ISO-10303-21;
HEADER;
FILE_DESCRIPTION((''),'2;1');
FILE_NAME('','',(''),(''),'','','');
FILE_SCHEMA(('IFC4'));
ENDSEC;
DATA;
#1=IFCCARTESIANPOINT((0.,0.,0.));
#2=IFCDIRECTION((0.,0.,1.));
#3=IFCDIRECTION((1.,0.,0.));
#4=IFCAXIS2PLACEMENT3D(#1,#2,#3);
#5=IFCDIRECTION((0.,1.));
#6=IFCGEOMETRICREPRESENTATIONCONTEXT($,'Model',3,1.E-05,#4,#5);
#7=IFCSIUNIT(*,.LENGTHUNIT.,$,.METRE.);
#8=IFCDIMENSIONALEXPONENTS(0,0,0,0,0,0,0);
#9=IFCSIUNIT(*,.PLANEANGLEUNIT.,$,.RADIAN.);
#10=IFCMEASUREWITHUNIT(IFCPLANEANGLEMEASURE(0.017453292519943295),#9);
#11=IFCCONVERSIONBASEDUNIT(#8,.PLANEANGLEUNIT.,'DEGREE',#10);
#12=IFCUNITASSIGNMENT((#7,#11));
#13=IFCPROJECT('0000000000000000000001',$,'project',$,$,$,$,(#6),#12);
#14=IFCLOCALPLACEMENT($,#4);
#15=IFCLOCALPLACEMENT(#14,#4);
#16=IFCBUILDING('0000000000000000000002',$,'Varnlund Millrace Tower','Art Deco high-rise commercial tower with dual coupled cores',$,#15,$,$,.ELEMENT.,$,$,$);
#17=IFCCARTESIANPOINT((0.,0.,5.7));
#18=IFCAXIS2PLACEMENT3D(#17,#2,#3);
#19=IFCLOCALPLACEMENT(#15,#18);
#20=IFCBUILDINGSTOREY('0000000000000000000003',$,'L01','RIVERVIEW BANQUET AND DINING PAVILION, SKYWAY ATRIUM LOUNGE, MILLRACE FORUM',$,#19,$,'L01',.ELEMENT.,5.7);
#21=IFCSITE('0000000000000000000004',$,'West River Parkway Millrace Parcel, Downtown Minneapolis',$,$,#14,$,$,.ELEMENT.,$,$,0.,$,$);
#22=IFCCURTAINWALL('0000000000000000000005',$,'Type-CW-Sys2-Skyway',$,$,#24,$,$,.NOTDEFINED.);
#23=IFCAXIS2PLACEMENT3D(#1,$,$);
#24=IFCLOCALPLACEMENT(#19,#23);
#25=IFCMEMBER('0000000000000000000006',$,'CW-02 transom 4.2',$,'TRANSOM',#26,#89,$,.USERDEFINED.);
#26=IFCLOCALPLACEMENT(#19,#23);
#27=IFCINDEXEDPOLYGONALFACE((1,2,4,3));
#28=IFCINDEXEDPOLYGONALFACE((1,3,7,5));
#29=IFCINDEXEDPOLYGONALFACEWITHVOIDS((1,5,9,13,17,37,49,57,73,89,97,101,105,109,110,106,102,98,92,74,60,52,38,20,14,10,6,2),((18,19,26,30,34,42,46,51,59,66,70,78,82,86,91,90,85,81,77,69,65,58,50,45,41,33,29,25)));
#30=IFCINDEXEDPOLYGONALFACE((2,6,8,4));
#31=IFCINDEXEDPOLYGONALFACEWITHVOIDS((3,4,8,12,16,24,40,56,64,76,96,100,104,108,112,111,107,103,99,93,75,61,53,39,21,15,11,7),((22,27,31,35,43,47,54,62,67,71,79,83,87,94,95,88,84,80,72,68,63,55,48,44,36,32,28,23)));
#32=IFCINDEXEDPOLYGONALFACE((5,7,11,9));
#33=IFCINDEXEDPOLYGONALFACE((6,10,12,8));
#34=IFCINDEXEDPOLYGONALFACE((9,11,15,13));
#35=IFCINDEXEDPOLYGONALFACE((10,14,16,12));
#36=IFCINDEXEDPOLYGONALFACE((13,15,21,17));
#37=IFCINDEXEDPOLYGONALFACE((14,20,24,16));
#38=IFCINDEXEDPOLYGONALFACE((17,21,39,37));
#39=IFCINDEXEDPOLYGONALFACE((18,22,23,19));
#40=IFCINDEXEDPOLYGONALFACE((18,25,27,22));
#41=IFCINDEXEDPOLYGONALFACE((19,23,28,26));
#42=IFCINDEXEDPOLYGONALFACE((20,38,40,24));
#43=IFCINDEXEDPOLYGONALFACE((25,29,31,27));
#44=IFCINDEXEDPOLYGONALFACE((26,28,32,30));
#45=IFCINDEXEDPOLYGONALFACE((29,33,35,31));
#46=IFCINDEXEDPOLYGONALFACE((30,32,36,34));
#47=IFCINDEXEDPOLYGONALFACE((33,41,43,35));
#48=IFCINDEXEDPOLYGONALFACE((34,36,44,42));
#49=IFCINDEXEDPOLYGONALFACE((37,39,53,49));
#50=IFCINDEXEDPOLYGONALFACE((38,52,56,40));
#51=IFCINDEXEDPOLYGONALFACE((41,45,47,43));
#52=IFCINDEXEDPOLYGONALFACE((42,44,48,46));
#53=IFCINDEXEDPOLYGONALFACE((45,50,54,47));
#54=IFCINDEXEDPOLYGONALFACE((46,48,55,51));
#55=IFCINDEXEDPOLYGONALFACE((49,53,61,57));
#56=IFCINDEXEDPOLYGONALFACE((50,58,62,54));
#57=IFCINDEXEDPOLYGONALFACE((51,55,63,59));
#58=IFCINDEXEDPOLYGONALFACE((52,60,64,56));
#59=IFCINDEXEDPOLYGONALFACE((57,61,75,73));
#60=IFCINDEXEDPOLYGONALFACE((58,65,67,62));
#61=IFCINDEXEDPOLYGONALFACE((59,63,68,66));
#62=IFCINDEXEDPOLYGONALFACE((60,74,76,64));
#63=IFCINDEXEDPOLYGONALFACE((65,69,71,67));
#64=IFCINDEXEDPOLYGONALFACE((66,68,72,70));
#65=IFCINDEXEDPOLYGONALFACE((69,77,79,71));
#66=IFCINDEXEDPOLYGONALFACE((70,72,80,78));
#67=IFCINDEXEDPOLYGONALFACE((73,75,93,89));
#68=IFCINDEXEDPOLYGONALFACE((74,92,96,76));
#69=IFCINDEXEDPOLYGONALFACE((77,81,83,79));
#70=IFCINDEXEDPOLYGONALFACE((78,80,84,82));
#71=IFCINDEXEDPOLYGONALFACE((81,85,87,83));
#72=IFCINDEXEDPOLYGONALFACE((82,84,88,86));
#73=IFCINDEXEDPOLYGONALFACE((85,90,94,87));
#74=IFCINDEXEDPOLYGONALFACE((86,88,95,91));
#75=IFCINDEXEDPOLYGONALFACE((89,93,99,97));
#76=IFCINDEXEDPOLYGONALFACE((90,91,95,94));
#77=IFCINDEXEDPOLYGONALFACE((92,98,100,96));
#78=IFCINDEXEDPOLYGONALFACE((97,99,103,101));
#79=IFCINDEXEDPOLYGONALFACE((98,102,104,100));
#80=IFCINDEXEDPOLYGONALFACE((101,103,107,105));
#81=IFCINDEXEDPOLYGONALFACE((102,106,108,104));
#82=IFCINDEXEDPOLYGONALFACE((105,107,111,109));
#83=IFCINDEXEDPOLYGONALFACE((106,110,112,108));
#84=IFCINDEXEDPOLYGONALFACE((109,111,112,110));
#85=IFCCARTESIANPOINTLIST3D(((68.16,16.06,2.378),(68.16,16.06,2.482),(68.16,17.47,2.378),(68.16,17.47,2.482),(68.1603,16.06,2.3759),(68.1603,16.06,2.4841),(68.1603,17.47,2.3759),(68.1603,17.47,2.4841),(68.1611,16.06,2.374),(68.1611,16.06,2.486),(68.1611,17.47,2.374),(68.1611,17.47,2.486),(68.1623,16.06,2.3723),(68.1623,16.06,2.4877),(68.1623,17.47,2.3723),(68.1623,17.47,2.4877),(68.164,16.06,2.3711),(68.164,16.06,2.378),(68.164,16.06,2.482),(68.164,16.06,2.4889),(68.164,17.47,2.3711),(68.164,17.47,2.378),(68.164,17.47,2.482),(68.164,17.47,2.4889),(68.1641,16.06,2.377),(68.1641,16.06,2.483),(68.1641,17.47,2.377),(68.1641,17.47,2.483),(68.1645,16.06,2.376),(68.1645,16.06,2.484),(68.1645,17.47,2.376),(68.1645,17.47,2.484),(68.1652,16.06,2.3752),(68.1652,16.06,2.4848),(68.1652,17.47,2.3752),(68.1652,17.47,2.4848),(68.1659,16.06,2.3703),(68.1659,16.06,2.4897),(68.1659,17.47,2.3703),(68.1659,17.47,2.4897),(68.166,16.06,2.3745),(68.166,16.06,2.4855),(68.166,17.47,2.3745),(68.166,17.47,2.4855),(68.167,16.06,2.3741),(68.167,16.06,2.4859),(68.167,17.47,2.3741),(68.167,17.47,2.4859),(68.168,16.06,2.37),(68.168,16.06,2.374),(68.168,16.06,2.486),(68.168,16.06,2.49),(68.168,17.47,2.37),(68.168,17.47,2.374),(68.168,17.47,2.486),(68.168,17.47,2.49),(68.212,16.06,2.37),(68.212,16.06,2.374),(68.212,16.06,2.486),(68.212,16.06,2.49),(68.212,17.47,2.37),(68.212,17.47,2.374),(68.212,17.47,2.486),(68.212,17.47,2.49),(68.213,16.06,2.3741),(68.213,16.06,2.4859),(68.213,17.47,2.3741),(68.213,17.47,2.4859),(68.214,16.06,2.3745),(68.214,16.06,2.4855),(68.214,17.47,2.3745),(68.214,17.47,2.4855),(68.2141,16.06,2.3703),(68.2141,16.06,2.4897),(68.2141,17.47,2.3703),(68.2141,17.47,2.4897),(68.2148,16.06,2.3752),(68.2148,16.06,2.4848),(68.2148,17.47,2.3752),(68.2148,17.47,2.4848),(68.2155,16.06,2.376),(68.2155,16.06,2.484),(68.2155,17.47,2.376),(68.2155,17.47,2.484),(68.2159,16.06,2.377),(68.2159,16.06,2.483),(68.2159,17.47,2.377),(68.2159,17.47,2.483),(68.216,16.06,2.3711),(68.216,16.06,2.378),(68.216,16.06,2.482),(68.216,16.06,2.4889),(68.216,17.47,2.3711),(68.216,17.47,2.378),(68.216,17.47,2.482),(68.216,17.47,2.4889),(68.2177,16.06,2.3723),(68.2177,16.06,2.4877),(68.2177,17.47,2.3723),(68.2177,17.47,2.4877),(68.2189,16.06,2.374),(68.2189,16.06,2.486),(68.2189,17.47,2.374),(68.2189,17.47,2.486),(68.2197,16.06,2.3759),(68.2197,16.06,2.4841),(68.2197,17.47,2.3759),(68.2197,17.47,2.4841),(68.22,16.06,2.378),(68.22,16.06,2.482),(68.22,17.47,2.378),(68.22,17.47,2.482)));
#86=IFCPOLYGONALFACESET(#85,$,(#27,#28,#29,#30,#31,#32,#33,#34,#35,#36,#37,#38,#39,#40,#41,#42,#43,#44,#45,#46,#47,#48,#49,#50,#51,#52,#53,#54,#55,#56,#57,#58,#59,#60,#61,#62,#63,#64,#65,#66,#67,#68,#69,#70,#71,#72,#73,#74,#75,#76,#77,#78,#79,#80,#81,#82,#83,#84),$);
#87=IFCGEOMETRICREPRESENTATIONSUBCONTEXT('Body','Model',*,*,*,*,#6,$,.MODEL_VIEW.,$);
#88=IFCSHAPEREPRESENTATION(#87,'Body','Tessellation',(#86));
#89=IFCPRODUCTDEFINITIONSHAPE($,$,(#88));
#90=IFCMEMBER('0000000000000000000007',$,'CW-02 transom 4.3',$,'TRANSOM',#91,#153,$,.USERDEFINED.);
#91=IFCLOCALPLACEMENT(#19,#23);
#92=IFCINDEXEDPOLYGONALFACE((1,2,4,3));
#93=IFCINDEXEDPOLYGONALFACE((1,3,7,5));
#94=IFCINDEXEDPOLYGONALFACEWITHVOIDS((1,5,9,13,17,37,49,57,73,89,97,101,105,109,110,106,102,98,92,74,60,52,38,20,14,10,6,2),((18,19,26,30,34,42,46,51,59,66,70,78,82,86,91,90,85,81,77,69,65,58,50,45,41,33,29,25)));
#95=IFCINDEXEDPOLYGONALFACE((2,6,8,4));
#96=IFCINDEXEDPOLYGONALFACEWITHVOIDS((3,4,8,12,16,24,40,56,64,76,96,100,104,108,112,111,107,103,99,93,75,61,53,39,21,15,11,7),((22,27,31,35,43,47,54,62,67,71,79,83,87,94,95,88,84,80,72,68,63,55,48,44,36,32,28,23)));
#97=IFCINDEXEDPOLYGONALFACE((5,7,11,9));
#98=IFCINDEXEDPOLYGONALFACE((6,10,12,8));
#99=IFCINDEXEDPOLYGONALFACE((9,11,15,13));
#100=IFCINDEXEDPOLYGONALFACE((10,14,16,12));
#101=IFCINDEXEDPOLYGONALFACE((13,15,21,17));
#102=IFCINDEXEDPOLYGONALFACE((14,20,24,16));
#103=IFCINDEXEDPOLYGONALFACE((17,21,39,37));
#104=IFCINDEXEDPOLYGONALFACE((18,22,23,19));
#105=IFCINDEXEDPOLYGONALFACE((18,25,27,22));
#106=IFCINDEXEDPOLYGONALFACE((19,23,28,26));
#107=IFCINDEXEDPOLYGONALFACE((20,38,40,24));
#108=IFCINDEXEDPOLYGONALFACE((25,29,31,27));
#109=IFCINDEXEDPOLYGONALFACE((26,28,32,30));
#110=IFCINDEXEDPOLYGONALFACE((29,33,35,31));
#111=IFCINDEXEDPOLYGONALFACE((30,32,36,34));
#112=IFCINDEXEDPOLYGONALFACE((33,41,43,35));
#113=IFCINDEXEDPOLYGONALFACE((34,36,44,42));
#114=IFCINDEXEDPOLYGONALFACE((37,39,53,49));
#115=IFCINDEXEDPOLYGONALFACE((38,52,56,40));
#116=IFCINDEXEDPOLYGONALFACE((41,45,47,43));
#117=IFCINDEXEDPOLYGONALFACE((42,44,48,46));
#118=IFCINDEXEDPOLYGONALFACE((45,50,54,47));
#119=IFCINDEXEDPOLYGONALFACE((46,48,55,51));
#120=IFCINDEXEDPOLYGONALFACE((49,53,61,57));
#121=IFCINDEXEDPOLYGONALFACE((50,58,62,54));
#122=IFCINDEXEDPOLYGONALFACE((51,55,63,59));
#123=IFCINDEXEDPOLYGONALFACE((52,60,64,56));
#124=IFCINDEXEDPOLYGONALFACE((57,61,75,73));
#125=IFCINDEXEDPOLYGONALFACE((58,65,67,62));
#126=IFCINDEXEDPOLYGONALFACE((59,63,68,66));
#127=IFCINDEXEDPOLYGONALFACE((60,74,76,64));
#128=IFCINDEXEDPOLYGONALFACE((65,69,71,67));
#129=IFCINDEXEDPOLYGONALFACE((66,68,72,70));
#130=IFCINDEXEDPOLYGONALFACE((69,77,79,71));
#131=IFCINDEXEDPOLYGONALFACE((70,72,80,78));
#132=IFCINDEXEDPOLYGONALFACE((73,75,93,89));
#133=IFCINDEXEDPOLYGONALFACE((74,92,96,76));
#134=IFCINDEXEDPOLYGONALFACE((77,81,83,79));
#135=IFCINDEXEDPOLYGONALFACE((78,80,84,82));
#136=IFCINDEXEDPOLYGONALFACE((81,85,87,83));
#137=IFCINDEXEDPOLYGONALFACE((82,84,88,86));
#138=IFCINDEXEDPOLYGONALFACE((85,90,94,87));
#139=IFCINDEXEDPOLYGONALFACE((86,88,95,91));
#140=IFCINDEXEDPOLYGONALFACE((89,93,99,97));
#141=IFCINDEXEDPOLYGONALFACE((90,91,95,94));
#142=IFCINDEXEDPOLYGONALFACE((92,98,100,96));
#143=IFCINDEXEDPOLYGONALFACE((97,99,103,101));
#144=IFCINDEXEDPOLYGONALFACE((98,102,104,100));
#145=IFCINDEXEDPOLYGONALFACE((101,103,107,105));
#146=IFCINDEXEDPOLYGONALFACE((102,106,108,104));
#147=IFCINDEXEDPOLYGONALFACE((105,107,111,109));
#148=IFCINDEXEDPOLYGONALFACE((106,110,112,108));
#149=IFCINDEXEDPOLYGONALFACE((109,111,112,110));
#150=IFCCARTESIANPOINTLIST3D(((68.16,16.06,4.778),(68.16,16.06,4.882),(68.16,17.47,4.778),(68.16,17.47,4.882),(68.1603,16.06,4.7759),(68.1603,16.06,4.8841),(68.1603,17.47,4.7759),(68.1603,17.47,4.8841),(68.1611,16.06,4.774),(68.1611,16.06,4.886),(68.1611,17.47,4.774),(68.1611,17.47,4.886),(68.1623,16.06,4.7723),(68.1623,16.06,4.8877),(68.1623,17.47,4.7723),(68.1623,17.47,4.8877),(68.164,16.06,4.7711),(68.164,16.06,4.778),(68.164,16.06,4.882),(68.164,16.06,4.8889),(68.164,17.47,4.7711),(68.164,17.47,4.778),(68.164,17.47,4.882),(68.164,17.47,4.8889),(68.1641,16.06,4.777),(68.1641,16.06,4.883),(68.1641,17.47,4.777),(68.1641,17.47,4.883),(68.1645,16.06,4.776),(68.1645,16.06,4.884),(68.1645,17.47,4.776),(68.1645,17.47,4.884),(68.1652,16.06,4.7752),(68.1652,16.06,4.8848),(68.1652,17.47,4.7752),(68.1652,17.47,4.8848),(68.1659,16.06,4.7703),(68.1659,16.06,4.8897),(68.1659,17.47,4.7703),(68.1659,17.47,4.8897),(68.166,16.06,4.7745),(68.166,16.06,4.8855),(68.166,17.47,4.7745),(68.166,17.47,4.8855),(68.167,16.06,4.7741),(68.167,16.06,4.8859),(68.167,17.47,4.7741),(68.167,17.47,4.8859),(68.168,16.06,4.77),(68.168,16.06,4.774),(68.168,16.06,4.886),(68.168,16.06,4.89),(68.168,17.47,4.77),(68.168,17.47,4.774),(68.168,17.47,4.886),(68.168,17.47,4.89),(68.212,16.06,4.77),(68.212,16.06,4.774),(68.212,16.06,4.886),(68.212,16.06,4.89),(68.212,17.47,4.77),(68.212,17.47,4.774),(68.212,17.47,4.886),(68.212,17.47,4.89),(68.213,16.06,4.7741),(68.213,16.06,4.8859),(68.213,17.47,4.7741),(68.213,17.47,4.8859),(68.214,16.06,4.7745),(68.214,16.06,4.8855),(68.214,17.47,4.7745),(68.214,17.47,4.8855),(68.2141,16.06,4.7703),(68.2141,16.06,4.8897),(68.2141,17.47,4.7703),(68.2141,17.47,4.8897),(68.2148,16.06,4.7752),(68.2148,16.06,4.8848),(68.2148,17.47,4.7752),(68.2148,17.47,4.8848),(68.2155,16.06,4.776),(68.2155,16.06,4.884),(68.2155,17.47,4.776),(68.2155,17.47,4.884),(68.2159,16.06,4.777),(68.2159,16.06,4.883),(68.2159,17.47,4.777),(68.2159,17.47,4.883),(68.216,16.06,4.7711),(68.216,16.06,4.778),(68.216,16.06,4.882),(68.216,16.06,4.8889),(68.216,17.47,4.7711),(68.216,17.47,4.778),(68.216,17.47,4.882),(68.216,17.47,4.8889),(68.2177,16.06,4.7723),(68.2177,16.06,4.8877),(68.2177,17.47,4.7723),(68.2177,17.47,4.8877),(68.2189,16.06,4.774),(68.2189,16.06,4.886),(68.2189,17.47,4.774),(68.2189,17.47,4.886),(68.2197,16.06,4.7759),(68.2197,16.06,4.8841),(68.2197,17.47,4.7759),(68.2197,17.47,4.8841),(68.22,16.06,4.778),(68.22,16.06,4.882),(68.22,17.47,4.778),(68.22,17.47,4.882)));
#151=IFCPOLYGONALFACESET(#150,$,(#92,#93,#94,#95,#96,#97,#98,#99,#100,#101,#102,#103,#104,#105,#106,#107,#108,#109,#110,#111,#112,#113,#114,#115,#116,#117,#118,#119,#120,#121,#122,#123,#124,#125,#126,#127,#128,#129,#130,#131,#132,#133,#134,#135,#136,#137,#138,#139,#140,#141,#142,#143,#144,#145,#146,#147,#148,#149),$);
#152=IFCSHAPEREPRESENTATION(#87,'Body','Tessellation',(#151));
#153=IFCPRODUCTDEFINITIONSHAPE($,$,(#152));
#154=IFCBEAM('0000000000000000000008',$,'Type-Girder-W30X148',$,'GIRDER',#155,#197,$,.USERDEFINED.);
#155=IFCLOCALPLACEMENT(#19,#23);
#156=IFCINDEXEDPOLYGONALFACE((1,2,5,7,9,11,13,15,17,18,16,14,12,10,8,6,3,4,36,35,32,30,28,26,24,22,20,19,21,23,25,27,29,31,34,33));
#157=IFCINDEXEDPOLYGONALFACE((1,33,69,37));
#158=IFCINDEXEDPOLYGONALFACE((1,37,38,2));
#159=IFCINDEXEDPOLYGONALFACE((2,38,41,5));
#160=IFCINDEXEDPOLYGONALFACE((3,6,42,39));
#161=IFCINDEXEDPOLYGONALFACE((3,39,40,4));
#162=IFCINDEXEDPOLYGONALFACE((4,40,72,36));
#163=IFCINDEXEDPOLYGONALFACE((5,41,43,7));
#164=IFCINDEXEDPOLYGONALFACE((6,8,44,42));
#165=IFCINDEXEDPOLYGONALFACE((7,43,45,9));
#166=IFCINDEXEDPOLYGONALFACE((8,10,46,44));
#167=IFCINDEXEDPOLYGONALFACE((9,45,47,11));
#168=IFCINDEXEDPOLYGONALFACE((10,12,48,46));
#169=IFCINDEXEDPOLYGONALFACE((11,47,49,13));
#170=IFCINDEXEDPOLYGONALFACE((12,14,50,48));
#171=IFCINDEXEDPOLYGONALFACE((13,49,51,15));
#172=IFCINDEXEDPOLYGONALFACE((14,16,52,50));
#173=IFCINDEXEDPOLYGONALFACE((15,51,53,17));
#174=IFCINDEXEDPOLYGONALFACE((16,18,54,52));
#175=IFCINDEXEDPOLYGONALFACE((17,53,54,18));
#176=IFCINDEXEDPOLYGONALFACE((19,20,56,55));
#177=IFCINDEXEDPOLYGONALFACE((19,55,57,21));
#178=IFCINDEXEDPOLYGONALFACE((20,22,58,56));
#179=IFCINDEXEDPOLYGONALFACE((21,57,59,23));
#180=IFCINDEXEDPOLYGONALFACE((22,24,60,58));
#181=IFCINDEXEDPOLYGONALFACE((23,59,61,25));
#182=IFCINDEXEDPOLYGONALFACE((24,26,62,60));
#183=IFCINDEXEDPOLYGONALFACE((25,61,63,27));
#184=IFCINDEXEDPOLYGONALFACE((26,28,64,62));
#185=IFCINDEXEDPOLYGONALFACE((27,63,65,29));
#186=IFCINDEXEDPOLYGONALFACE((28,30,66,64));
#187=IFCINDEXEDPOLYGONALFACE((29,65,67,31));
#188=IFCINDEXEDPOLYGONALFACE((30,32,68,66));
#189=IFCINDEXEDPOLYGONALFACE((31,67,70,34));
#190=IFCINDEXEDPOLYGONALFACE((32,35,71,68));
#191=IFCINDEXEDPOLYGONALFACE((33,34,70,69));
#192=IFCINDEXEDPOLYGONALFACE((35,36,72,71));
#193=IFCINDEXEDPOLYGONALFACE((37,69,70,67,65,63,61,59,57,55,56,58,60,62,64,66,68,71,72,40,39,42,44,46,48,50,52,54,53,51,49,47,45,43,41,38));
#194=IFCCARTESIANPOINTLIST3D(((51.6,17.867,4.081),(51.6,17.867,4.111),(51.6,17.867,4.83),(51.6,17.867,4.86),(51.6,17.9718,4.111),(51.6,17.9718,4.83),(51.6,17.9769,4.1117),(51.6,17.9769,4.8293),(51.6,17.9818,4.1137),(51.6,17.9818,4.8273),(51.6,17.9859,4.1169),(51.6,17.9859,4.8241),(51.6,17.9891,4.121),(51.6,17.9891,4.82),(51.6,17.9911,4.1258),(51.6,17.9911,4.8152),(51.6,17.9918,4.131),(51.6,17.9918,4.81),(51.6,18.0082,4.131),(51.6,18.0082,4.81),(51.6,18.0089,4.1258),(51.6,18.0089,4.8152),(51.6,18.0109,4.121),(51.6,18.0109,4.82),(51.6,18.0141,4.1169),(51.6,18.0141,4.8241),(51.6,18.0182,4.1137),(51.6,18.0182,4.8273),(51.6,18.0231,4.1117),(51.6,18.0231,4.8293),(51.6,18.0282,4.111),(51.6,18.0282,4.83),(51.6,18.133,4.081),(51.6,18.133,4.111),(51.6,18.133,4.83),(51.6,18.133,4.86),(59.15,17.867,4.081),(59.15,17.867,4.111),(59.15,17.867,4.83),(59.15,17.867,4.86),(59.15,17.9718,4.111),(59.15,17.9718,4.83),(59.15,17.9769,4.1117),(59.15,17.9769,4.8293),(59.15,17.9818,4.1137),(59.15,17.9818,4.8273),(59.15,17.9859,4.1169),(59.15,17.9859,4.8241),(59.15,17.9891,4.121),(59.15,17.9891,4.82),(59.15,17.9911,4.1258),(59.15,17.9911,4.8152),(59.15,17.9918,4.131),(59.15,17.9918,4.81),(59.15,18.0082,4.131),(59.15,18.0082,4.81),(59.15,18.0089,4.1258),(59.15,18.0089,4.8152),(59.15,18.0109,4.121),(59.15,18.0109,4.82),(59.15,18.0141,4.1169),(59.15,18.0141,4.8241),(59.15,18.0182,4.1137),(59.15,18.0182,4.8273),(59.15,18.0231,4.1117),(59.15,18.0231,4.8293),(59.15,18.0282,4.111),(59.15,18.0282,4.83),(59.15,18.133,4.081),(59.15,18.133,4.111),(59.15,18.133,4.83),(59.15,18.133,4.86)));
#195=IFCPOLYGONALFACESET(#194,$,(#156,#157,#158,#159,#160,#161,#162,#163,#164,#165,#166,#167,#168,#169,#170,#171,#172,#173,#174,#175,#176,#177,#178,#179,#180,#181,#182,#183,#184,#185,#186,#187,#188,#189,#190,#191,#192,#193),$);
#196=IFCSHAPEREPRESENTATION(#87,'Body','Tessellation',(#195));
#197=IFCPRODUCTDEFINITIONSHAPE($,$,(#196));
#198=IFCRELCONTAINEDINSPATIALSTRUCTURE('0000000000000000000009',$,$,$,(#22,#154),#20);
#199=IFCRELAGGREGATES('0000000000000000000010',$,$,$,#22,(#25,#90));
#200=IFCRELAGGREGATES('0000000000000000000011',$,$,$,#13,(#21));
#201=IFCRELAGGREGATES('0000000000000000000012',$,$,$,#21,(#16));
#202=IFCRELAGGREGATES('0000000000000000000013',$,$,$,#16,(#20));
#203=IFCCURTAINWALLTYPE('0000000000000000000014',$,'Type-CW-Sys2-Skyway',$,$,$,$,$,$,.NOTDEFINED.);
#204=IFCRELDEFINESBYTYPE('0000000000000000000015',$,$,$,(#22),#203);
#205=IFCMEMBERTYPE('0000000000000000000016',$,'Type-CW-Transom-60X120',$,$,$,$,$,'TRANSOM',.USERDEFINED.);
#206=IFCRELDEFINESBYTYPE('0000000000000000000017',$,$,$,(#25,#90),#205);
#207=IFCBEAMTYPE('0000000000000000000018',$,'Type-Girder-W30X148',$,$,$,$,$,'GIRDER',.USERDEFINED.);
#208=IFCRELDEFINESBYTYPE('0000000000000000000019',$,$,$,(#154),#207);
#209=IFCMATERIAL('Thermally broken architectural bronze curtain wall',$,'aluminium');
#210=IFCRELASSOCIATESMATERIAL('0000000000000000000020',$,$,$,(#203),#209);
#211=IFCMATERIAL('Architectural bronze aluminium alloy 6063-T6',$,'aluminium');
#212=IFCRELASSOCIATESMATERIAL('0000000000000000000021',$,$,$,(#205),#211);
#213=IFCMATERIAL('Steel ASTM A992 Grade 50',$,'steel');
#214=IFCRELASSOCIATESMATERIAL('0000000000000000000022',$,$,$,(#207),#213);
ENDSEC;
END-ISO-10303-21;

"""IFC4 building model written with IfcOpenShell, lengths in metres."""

from ifc_helpers import new_model, entity, si_unit, converted_unit, direction, frame, origin_with_axes, origin_2d_with_axis, place, context, subcontext, project, spatial, hollow_rectangle, i_section, extrude, material, material_profile, profile_set, type_object, element, aggregate, save


model = new_model("IFC4")

# Units and contexts
model_context = context("Model", 3, precision=1e-05, world=origin_with_axes(), true_north=direction((0.0, 1.0)))
body_context = subcontext(model_context, "Body", "Model", "MODEL_VIEW")
ifc_project = project(units=[si_unit("LENGTHUNIT", "METRE"), converted_unit("PLANEANGLEUNIT", "DEGREE", entity("IfcPlaneAngleMeasure", 0.017453292519943295), si_unit("PLANEANGLEUNIT", "RADIAN"), dimensions=[0, 0, 0, 0, 0, 0, 0])], contexts=[model_context])

# Site, building, storey
site_placement = place(None, origin_with_axes())
site = spatial("IfcSite", under=ifc_project, at=site_placement, Name="West River Parkway Millrace Parcel, Downtown Minneapolis", CompositionType="ELEMENT", RefElevation=0.0)
building_placement = place(site_placement, origin_with_axes())
building = spatial("IfcBuilding", under=site, at=building_placement, Name="Varnlund Millrace Tower", Description="Art Deco high-rise commercial tower with dual coupled cores", CompositionType="ELEMENT")
storey_placement = place(building_placement, frame((0.0, 0.0, 5.7), z_axis=(0.0, 0.0, 1.0), x_axis=(1.0, 0.0, 0.0)))
storey = spatial("IfcBuildingStorey", under=building, at=storey_placement, Name="L01", Description="RIVERVIEW BANQUET AND DINING PAVILION, SKYWAY ATRIUM LOUNGE, MILLRACE FORUM", LongName="L01", CompositionType="ELEMENT", Elevation=5.7)

# Curtain wall, members
ifc_material_1 = material(Name="Thermally broken architectural bronze curtain wall", Category="aluminium")
curtain_wall_type = type_object("IfcCurtainWallType", Name="Type-CW-Sys2-Skyway", PredefinedType="NOTDEFINED", material=ifc_material_1)
curtain_wall_placement = place(storey_placement, frame((68.19, 22.0, 0.0), z_axis=(0.0, 0.0, 1.0), x_axis=(1.0, 0.0, 0.0)))
curtain_wall = element("IfcCurtainWall", 1, at=curtain_wall_placement, inside=storey, type_object=curtain_wall_type, Name="Type-CW-Sys2-Skyway", PredefinedType="NOTDEFINED")
ifc_material_2 = material(Name="Architectural bronze aluminium alloy 6063-T6", Category="aluminium")
ifc_material_profile_1 = material_profile(ifc_material_2, hollow_rectangle(XDim=0.06, YDim=0.12, WallThickness=0.004, InnerFilletRadius=0.004, OuterFilletRadius=0.008, at=origin_2d_with_axis()), Name="Architectural bronze aluminium alloy 6063-T6")
ifc_profile_set_1 = profile_set([ifc_material_profile_1], Name="Architectural bronze aluminium alloy 6063-T6")
member_type_1 = type_object("IfcMemberType", Name="Type-CW-Transom-60X120", ElementType="TRANSOM", PredefinedType="USERDEFINED", material=ifc_profile_set_1)
member_1_placement = place(storey_placement, frame((68.19, 17.47, 2.43), z_axis=(0.0, -1.0, 0.0), x_axis=(1.0, 0.0, 0.0)))
member_1 = element("IfcMember", 2, at=member_1_placement, type_object=member_type_1, Name="CW-02 transom 4.2", ObjectType="TRANSOM", PredefinedType="USERDEFINED", context=body_context, shape_type="SweptSolid", body=[
    extrude(hollow_rectangle(XDim=0.06, YDim=0.12, WallThickness=0.004, InnerFilletRadius=0.004, OuterFilletRadius=0.008, at=origin_2d_with_axis()), origin_with_axes(), (0.0, 0.0, 1.0), 1.41),
])
member_2_placement = place(storey_placement, frame((68.19, 17.47, 4.83), z_axis=(0.0, -1.0, 0.0), x_axis=(1.0, 0.0, 0.0)))
member_2 = element("IfcMember", 3, at=member_2_placement, type_object=member_type_1, Name="CW-02 transom 4.3", ObjectType="TRANSOM", PredefinedType="USERDEFINED", context=body_context, shape_type="SweptSolid", body=[
    extrude(hollow_rectangle(XDim=0.06, YDim=0.12, WallThickness=0.004, InnerFilletRadius=0.004, OuterFilletRadius=0.008, at=origin_2d_with_axis()), origin_with_axes(), (0.0, 0.0, 1.0), 1.41),
])

# Beam
ifc_material_3 = material(Name="Steel ASTM A992 Grade 50", Category="steel")
ifc_material_profile_2 = material_profile(ifc_material_3, i_section(OverallWidth=0.266, OverallDepth=0.779, WebThickness=0.0165, FlangeThickness=0.03, FilletRadius=0.02, at=origin_2d_with_axis()), Name="Steel ASTM A992 Grade 50")
ifc_profile_set_2 = profile_set([ifc_material_profile_2], Name="Steel ASTM A992 Grade 50")
beam_type_1 = type_object("IfcBeamType", Name="Type-Girder-W30X148", ElementType="GIRDER", PredefinedType="USERDEFINED", material=ifc_profile_set_2)
beam_placement = place(storey_placement, frame((51.6, 18.0, 4.4705), z_axis=(1.0, 0.0, 0.0), x_axis=(0.0, 1.0, 0.0)))
element("IfcBeam", 4, at=beam_placement, inside=storey, type_object=beam_type_1, Name="Type-Girder-W30X148", ObjectType="GIRDER", PredefinedType="USERDEFINED", context=body_context, shape_type="SweptSolid", body=[
    extrude(i_section(OverallWidth=0.266, OverallDepth=0.779, WebThickness=0.0165, FlangeThickness=0.03, FilletRadius=0.02, at=origin_2d_with_axis()), origin_with_axes(), (0.0, 0.0, 1.0), 7.55),
])

aggregate(curtain_wall, [member_1, member_2])

save(model, "model.ifc")
